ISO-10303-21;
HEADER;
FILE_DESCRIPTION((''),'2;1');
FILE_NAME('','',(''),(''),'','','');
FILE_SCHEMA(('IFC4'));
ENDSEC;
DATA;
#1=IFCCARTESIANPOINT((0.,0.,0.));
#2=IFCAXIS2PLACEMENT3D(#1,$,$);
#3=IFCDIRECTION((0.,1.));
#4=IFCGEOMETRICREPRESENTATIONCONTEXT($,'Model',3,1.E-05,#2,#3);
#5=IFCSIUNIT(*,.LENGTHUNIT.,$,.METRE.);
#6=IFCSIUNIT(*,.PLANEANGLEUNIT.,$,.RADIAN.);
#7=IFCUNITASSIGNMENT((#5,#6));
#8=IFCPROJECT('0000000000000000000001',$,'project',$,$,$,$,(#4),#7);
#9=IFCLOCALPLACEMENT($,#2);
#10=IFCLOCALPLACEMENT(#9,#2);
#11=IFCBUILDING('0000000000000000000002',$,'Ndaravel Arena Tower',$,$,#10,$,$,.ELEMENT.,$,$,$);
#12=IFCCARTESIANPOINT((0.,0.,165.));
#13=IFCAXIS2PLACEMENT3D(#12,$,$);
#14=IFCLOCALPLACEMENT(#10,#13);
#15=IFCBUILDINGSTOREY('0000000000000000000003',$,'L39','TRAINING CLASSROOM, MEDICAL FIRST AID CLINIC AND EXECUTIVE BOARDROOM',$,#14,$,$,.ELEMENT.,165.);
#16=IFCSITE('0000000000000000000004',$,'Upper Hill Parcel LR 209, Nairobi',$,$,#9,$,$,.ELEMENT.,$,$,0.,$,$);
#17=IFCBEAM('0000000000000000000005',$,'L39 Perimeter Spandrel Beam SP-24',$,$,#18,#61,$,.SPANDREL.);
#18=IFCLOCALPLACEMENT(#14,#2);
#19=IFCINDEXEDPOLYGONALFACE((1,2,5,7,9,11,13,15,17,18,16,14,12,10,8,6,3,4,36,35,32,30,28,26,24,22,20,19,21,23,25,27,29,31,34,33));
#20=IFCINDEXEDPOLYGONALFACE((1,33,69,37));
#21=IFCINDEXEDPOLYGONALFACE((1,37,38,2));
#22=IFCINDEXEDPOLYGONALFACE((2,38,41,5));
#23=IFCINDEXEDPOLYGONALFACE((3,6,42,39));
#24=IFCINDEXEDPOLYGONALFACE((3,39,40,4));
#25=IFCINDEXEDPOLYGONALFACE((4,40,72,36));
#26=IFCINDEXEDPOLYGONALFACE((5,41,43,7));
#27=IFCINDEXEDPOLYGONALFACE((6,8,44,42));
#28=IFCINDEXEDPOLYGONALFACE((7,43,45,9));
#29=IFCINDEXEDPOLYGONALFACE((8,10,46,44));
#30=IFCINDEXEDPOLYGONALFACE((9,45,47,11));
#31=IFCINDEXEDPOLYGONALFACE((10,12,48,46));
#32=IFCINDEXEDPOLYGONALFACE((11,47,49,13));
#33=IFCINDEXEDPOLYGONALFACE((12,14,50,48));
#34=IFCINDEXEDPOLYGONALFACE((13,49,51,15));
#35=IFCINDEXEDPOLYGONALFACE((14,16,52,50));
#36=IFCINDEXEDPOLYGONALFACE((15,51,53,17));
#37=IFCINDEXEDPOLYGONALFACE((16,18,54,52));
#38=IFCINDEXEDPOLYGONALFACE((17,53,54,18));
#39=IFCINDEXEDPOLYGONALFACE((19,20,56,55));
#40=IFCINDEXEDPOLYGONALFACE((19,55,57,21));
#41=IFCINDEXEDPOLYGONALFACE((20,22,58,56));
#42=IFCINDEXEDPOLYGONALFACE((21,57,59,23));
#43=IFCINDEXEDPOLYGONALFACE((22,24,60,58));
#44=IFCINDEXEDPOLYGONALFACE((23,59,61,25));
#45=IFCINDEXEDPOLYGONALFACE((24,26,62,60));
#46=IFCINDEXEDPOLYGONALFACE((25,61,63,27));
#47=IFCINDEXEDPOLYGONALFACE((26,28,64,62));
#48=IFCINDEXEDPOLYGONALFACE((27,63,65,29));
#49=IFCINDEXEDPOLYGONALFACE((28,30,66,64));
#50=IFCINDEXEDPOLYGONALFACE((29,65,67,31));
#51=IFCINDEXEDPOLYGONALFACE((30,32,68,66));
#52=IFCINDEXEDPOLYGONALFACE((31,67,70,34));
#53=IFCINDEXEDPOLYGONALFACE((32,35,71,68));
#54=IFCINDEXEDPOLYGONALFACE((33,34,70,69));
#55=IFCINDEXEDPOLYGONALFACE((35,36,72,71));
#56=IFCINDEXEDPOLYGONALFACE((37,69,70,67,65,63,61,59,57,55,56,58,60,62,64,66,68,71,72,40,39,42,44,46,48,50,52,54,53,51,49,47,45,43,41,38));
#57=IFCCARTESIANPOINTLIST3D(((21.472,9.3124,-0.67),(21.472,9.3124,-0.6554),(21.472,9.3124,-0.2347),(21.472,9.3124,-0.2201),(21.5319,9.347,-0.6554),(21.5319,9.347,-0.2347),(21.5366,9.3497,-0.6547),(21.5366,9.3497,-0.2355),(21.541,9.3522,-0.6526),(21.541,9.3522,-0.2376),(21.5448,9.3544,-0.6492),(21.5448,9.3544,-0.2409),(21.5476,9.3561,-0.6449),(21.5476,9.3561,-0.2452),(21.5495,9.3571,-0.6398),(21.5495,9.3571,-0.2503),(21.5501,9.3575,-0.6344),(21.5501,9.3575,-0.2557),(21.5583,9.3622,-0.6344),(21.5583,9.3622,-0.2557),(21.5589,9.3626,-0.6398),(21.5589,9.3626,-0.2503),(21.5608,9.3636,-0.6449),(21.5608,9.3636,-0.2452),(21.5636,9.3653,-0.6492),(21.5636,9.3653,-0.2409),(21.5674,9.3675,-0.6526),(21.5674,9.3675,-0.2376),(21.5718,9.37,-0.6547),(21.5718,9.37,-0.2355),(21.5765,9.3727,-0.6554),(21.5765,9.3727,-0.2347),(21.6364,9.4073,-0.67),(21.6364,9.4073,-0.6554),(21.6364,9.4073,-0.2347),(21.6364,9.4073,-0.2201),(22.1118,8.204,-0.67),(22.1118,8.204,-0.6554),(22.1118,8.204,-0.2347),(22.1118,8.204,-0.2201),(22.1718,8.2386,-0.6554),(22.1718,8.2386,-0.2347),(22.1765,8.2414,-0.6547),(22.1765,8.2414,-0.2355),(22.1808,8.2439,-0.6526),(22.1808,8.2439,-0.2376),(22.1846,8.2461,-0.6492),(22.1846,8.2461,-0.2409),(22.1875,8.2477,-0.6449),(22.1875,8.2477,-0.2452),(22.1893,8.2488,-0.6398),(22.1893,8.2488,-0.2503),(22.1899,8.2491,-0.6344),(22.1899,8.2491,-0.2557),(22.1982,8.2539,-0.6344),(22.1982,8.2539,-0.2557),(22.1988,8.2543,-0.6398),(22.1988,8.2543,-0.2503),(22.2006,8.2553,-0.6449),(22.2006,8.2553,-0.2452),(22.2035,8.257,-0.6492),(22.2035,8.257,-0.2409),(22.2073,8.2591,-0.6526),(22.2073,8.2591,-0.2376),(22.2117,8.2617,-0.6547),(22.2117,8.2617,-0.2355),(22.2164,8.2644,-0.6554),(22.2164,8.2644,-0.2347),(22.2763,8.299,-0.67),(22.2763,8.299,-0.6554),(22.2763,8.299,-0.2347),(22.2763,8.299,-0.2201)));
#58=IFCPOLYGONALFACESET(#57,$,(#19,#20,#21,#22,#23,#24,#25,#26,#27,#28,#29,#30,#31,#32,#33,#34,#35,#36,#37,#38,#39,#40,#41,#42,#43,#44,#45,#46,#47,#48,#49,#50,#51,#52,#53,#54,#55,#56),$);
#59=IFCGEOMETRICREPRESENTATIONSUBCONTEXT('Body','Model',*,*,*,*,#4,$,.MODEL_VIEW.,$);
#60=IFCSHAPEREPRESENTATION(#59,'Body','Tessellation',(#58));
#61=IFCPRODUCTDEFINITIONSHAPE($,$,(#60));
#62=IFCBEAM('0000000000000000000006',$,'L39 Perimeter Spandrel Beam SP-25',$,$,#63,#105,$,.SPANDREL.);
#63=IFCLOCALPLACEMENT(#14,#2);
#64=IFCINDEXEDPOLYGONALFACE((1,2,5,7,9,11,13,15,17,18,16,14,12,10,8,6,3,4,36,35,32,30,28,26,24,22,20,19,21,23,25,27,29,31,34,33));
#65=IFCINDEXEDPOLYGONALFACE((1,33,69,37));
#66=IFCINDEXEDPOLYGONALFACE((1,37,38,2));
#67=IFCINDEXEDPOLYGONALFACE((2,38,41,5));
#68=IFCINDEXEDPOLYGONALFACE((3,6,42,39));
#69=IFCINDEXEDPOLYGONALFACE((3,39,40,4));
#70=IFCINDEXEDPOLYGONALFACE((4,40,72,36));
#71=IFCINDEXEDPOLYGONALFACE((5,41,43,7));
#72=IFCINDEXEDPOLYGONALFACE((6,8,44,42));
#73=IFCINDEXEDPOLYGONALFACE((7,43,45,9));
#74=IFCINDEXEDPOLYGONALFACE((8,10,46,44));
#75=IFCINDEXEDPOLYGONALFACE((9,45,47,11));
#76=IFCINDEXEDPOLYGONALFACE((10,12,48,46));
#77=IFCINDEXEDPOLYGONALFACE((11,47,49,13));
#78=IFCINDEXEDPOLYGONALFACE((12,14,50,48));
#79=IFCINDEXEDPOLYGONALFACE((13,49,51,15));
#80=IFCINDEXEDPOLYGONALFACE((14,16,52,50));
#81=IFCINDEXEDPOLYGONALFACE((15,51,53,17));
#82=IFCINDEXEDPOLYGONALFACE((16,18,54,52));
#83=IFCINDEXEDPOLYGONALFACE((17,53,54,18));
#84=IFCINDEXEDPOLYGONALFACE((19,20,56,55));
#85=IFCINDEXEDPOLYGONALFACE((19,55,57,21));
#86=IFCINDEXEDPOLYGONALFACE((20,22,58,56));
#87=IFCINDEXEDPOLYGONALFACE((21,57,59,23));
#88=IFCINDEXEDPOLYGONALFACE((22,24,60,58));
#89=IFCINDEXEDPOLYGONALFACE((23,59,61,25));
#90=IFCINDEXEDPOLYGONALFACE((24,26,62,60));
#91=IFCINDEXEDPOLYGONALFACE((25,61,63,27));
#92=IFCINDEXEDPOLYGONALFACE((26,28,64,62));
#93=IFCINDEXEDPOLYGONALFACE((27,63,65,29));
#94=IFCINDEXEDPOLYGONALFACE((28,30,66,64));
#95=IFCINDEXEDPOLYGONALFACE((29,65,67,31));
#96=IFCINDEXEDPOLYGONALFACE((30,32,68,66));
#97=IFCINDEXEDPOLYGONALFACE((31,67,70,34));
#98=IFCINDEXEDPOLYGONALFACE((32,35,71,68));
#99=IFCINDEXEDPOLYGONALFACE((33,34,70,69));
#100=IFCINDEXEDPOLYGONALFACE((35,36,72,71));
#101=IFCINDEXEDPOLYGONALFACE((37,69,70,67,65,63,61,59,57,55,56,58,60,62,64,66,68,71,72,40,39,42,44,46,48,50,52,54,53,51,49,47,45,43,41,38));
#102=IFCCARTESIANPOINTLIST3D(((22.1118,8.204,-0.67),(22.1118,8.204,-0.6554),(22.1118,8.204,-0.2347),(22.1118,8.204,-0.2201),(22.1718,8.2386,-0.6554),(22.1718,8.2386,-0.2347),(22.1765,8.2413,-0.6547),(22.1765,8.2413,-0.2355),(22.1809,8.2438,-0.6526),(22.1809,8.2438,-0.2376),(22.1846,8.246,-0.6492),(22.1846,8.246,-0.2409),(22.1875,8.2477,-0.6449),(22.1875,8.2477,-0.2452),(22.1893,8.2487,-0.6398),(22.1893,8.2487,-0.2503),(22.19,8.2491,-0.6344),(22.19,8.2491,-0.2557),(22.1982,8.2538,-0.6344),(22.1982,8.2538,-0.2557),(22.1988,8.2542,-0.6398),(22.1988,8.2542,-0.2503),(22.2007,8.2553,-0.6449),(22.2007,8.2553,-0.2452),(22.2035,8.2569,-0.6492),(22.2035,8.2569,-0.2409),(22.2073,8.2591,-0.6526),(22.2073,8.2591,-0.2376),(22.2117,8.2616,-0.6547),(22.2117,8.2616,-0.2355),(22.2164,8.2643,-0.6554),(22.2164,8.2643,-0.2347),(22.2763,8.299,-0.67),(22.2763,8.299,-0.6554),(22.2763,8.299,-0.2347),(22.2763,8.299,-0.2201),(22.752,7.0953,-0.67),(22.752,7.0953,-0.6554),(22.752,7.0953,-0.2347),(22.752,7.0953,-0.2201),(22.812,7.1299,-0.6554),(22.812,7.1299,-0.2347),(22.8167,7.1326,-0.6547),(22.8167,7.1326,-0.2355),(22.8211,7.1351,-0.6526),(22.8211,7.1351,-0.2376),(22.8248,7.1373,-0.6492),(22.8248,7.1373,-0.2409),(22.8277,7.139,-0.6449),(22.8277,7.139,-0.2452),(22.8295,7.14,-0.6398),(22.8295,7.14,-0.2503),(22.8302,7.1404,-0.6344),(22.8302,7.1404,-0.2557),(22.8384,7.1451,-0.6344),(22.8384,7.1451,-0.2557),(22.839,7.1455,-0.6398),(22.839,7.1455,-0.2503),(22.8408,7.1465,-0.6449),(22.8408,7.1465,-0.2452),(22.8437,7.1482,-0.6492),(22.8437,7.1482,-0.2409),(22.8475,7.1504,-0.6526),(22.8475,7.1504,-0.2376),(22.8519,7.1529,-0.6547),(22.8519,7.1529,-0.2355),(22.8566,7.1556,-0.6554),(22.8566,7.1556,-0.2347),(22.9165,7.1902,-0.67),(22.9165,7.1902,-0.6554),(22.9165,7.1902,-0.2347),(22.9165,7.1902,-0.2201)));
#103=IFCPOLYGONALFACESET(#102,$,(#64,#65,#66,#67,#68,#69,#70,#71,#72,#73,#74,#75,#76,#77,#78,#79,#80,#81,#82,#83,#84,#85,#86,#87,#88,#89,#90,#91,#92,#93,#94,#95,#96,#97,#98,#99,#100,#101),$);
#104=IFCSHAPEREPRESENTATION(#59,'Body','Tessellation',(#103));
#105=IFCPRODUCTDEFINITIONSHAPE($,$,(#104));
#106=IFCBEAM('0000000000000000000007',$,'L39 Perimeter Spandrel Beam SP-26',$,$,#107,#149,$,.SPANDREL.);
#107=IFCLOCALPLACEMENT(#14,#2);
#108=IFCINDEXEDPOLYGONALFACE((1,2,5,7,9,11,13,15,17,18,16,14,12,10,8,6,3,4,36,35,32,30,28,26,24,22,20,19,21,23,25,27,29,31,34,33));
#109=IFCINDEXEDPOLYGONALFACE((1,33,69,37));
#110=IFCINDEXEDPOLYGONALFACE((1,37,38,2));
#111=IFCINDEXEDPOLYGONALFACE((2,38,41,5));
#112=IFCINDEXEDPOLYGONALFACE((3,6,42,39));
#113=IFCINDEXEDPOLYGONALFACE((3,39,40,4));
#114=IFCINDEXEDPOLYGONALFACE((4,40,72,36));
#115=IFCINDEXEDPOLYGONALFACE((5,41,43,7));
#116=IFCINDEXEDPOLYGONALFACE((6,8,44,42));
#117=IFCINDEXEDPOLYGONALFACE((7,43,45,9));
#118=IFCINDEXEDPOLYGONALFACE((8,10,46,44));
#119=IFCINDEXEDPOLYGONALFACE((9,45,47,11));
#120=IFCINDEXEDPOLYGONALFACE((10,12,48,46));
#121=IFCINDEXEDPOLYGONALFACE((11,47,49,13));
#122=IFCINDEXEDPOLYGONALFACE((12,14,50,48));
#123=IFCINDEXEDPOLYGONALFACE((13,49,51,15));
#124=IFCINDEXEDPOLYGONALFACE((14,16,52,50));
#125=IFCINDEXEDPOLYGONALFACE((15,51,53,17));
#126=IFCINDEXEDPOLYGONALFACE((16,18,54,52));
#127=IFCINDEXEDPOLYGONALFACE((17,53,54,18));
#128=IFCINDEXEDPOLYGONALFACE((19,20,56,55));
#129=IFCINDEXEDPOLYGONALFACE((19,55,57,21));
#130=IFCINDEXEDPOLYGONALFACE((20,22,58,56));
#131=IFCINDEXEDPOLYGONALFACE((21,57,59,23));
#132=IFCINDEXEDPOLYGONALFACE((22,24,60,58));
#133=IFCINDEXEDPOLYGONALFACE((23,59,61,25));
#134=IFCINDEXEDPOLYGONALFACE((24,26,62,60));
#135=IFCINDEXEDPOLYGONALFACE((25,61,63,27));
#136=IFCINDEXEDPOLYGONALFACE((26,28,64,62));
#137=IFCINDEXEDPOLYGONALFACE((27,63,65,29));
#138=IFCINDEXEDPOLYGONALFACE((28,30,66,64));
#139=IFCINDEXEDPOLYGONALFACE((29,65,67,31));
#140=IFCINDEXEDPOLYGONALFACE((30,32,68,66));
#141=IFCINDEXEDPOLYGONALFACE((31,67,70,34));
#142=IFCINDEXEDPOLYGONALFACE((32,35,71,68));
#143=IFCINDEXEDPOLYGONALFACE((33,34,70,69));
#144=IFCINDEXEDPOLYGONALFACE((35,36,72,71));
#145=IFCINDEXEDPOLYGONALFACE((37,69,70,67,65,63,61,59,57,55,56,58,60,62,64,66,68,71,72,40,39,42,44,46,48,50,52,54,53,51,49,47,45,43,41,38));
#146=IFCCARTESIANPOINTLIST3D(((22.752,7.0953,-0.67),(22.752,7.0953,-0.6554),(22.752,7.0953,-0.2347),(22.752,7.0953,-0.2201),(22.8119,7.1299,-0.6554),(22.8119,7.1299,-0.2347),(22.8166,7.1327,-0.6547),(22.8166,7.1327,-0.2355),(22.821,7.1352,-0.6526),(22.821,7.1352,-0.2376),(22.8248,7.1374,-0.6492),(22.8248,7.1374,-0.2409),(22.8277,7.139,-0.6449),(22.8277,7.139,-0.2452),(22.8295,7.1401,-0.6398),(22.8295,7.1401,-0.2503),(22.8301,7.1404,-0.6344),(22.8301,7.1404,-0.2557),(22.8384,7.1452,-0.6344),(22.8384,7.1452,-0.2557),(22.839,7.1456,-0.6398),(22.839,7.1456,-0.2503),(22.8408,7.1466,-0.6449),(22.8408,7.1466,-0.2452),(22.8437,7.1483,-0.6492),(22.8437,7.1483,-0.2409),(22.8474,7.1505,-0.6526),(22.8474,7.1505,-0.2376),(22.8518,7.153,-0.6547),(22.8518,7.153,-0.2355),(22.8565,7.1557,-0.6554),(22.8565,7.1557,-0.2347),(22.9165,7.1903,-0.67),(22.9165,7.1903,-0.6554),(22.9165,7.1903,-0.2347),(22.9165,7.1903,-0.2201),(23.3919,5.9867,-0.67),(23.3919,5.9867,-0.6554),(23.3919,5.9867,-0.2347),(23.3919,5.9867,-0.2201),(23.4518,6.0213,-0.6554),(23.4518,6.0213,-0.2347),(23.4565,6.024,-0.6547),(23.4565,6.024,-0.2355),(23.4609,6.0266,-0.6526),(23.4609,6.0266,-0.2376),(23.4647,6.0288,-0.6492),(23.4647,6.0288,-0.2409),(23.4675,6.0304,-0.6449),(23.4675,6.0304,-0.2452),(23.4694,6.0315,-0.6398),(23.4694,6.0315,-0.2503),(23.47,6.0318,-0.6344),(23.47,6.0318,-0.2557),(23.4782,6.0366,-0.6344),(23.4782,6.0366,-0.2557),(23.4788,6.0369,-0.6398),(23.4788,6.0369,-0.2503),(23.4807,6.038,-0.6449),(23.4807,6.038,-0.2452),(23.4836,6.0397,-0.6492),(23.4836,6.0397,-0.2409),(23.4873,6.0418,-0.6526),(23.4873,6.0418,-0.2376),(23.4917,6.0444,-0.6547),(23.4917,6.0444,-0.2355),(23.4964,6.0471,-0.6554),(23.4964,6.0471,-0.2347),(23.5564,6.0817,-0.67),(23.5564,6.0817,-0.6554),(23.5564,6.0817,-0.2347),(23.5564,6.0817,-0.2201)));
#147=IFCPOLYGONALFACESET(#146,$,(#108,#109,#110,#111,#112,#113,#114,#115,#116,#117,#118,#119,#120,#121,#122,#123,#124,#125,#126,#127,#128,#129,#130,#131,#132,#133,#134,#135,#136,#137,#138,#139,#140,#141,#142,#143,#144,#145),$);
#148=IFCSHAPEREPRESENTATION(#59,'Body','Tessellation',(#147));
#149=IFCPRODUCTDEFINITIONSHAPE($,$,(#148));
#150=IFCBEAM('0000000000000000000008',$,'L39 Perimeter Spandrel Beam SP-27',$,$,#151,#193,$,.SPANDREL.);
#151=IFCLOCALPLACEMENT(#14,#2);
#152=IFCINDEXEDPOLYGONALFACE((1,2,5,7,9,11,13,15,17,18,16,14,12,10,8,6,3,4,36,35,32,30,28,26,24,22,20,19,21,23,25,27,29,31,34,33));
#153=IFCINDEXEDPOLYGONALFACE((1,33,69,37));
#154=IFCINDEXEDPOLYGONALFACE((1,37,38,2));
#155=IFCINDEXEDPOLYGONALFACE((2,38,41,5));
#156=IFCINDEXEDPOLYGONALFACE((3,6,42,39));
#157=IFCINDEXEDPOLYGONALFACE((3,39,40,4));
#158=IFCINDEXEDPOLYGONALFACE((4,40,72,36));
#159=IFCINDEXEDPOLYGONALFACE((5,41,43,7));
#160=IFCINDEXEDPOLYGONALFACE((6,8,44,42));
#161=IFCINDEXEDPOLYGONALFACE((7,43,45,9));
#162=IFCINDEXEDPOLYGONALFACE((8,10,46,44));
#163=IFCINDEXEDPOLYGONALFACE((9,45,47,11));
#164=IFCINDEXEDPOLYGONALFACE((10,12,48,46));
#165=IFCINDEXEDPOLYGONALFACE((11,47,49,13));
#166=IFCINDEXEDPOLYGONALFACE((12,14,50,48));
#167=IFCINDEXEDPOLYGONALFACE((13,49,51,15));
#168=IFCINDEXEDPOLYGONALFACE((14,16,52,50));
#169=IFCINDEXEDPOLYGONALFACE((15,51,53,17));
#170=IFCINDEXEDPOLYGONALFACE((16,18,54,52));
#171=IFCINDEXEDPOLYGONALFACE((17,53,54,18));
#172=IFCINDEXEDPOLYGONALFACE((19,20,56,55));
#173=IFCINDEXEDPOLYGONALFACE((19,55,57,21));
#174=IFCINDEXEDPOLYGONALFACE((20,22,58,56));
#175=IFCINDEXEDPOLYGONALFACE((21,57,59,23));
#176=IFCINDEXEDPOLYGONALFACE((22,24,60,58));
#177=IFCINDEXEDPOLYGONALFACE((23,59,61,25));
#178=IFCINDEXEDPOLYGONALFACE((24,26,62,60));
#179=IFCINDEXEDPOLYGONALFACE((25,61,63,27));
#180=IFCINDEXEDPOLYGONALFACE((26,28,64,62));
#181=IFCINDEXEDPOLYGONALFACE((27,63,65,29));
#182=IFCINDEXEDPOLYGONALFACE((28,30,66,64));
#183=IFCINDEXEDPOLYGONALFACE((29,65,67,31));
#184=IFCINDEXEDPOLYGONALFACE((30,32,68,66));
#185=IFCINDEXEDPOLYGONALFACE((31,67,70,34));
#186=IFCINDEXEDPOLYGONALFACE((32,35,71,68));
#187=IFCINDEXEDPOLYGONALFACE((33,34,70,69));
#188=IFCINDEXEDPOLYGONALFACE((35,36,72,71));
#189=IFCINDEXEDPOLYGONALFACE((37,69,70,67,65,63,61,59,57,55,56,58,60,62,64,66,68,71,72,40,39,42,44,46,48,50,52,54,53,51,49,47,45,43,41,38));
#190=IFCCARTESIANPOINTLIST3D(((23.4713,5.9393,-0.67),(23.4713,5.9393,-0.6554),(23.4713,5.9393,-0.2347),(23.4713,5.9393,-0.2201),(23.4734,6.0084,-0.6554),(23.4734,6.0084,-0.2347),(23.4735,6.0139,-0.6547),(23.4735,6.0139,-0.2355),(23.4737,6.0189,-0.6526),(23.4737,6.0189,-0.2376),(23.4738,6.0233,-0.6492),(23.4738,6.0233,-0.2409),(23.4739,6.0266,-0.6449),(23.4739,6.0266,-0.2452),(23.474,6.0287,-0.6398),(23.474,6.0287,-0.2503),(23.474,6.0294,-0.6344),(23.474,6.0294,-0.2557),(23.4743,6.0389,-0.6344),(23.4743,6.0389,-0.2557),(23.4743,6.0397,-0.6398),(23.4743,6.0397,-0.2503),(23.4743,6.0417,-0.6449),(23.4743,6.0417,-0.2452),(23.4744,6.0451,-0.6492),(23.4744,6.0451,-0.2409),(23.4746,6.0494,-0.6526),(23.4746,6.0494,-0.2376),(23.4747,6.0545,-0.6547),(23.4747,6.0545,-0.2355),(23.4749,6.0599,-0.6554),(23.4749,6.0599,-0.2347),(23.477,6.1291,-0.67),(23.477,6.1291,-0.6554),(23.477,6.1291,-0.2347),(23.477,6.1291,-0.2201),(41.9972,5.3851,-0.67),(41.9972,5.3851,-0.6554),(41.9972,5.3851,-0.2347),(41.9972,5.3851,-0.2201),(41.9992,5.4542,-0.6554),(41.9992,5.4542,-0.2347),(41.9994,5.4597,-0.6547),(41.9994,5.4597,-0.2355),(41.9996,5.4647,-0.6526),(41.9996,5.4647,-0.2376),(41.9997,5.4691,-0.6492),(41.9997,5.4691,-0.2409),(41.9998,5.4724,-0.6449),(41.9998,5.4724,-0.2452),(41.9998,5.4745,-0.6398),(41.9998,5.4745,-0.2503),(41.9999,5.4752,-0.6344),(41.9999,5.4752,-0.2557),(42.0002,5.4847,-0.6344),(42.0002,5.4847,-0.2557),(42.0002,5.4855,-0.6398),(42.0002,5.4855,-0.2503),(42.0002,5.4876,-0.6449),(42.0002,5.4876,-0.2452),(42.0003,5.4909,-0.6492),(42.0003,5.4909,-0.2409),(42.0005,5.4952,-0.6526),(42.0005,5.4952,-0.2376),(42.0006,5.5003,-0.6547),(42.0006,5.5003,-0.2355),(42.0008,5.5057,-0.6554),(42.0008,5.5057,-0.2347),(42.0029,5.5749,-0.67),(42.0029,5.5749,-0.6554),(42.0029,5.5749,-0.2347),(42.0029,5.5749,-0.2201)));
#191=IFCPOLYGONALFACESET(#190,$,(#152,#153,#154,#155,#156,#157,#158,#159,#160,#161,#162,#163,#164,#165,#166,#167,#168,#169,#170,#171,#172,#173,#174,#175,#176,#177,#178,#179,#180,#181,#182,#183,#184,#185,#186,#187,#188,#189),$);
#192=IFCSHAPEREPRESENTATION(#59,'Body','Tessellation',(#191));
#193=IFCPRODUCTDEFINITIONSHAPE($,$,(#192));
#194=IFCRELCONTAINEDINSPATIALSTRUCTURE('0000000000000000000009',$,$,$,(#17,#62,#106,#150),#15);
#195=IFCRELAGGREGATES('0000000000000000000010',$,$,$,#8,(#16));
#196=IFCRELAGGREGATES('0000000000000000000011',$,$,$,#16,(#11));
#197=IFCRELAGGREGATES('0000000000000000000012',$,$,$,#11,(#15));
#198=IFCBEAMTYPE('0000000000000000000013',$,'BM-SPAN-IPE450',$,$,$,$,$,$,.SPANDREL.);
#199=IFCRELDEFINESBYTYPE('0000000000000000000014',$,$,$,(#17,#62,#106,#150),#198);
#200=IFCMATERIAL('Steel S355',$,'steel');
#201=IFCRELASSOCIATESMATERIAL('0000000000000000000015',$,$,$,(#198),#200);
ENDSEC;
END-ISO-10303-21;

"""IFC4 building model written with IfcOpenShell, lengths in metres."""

from ifc_helpers import new_model, si_unit, direction, frame, origin, origin_2d, place, context, subcontext, project, spatial, i_section, extrude, material, material_profile, profile_set, type_object, element, save


model = new_model("IFC4")

# Units and contexts
model_context = context("Model", 3, precision=1e-05, world=origin(), true_north=direction((0.0, 1.0)))
body_context = subcontext(model_context, "Body", "Model", "MODEL_VIEW")
ifc_project = project(units=[si_unit("LENGTHUNIT", "METRE"), si_unit("PLANEANGLEUNIT", "RADIAN")], contexts=[model_context])

# Site, building, storey
site_placement = place(None, origin())
site = spatial("IfcSite", under=ifc_project, at=site_placement, Name="Upper Hill Parcel LR 209, Nairobi", CompositionType="ELEMENT", RefElevation=0.0)
building_placement = place(site_placement, origin())
building = spatial("IfcBuilding", under=site, at=building_placement, Name="Ndaravel Arena Tower", CompositionType="ELEMENT")
storey_placement = place(building_placement, frame((0.0, 0.0, 165.0)))
storey = spatial("IfcBuildingStorey", under=building, at=storey_placement, Name="L39", Description="TRAINING CLASSROOM, MEDICAL FIRST AID CLINIC AND EXECUTIVE BOARDROOM", CompositionType="ELEMENT", Elevation=165.0)

# Beams
ifc_material_1 = material(Name="Steel S355", Category="steel")
ifc_material_profile_1 = material_profile(ifc_material_1, i_section(OverallWidth=0.1899, OverallDepth=0.45, WebThickness=0.0095, FlangeThickness=0.0146, FilletRadius=0.021, at=origin_2d()), Name="IPE 450")
ifc_profile_set_1 = profile_set([ifc_material_profile_1], Name="Steel S355")
beam_type = type_object("IfcBeamType", Name="BM-SPAN-IPE450", PredefinedType="SPANDREL", material=ifc_profile_set_1)
beam_1_placement = place(storey_placement, frame((21.5542, 9.3599, -0.4451), z_axis=(0.499976, -0.866039, 0.0), x_axis=(0.866039, 0.499976, 0.0)))
element("IfcBeam", 1, at=beam_1_placement, inside=storey, type_object=beam_type, Name="L39 Perimeter Spandrel Beam SP-24", PredefinedType="SPANDREL", context=body_context, shape_type="SweptSolid", body=[
    extrude(i_section(OverallWidth=0.1899, OverallDepth=0.45, WebThickness=0.0095, FlangeThickness=0.0146, FilletRadius=0.021, at=origin_2d()), origin(), (0.0, 0.0, 1.0), 1.2798),
])
beam_2_placement = place(storey_placement, frame((22.1941, 8.2515, -0.4451), z_axis=(0.500036, -0.866005, 0.0), x_axis=(0.866005, 0.500036, 0.0)))
element("IfcBeam", 2, at=beam_2_placement, inside=storey, type_object=beam_type, Name="L39 Perimeter Spandrel Beam SP-25", PredefinedType="SPANDREL", context=body_context, shape_type="SweptSolid", body=[
    extrude(i_section(OverallWidth=0.1899, OverallDepth=0.45, WebThickness=0.0095, FlangeThickness=0.0146, FilletRadius=0.021, at=origin_2d()), origin(), (0.0, 0.0, 1.0), 1.2803),
])
beam_3_placement = place(storey_placement, frame((22.8342, 7.1428, -0.4451), z_axis=(0.499893, -0.866087, 0.0), x_axis=(0.866087, 0.499893, 0.0)))
element("IfcBeam", 3, at=beam_3_placement, inside=storey, type_object=beam_type, Name="L39 Perimeter Spandrel Beam SP-26", PredefinedType="SPANDREL", context=body_context, shape_type="SweptSolid", body=[
    extrude(i_section(OverallWidth=0.1899, OverallDepth=0.45, WebThickness=0.0095, FlangeThickness=0.0146, FilletRadius=0.021, at=origin_2d()), origin(), (0.0, 0.0, 1.0), 1.28),
])
beam_4_placement = place(storey_placement, frame((23.4741, 6.0342, -0.4451), z_axis=(0.999553, -0.029901, 0.0), x_axis=(0.029901, 0.999553, 0.0)))
element("IfcBeam", 4, at=beam_4_placement, inside=storey, type_object=beam_type, Name="L39 Perimeter Spandrel Beam SP-27", PredefinedType="SPANDREL", context=body_context, shape_type="SweptSolid", body=[
    extrude(i_section(OverallWidth=0.1899, OverallDepth=0.45, WebThickness=0.0095, FlangeThickness=0.0146, FilletRadius=0.021, at=origin_2d()), origin(), (0.0, 0.0, 1.0), 18.5342),
])

save(model, "model.ifc")
